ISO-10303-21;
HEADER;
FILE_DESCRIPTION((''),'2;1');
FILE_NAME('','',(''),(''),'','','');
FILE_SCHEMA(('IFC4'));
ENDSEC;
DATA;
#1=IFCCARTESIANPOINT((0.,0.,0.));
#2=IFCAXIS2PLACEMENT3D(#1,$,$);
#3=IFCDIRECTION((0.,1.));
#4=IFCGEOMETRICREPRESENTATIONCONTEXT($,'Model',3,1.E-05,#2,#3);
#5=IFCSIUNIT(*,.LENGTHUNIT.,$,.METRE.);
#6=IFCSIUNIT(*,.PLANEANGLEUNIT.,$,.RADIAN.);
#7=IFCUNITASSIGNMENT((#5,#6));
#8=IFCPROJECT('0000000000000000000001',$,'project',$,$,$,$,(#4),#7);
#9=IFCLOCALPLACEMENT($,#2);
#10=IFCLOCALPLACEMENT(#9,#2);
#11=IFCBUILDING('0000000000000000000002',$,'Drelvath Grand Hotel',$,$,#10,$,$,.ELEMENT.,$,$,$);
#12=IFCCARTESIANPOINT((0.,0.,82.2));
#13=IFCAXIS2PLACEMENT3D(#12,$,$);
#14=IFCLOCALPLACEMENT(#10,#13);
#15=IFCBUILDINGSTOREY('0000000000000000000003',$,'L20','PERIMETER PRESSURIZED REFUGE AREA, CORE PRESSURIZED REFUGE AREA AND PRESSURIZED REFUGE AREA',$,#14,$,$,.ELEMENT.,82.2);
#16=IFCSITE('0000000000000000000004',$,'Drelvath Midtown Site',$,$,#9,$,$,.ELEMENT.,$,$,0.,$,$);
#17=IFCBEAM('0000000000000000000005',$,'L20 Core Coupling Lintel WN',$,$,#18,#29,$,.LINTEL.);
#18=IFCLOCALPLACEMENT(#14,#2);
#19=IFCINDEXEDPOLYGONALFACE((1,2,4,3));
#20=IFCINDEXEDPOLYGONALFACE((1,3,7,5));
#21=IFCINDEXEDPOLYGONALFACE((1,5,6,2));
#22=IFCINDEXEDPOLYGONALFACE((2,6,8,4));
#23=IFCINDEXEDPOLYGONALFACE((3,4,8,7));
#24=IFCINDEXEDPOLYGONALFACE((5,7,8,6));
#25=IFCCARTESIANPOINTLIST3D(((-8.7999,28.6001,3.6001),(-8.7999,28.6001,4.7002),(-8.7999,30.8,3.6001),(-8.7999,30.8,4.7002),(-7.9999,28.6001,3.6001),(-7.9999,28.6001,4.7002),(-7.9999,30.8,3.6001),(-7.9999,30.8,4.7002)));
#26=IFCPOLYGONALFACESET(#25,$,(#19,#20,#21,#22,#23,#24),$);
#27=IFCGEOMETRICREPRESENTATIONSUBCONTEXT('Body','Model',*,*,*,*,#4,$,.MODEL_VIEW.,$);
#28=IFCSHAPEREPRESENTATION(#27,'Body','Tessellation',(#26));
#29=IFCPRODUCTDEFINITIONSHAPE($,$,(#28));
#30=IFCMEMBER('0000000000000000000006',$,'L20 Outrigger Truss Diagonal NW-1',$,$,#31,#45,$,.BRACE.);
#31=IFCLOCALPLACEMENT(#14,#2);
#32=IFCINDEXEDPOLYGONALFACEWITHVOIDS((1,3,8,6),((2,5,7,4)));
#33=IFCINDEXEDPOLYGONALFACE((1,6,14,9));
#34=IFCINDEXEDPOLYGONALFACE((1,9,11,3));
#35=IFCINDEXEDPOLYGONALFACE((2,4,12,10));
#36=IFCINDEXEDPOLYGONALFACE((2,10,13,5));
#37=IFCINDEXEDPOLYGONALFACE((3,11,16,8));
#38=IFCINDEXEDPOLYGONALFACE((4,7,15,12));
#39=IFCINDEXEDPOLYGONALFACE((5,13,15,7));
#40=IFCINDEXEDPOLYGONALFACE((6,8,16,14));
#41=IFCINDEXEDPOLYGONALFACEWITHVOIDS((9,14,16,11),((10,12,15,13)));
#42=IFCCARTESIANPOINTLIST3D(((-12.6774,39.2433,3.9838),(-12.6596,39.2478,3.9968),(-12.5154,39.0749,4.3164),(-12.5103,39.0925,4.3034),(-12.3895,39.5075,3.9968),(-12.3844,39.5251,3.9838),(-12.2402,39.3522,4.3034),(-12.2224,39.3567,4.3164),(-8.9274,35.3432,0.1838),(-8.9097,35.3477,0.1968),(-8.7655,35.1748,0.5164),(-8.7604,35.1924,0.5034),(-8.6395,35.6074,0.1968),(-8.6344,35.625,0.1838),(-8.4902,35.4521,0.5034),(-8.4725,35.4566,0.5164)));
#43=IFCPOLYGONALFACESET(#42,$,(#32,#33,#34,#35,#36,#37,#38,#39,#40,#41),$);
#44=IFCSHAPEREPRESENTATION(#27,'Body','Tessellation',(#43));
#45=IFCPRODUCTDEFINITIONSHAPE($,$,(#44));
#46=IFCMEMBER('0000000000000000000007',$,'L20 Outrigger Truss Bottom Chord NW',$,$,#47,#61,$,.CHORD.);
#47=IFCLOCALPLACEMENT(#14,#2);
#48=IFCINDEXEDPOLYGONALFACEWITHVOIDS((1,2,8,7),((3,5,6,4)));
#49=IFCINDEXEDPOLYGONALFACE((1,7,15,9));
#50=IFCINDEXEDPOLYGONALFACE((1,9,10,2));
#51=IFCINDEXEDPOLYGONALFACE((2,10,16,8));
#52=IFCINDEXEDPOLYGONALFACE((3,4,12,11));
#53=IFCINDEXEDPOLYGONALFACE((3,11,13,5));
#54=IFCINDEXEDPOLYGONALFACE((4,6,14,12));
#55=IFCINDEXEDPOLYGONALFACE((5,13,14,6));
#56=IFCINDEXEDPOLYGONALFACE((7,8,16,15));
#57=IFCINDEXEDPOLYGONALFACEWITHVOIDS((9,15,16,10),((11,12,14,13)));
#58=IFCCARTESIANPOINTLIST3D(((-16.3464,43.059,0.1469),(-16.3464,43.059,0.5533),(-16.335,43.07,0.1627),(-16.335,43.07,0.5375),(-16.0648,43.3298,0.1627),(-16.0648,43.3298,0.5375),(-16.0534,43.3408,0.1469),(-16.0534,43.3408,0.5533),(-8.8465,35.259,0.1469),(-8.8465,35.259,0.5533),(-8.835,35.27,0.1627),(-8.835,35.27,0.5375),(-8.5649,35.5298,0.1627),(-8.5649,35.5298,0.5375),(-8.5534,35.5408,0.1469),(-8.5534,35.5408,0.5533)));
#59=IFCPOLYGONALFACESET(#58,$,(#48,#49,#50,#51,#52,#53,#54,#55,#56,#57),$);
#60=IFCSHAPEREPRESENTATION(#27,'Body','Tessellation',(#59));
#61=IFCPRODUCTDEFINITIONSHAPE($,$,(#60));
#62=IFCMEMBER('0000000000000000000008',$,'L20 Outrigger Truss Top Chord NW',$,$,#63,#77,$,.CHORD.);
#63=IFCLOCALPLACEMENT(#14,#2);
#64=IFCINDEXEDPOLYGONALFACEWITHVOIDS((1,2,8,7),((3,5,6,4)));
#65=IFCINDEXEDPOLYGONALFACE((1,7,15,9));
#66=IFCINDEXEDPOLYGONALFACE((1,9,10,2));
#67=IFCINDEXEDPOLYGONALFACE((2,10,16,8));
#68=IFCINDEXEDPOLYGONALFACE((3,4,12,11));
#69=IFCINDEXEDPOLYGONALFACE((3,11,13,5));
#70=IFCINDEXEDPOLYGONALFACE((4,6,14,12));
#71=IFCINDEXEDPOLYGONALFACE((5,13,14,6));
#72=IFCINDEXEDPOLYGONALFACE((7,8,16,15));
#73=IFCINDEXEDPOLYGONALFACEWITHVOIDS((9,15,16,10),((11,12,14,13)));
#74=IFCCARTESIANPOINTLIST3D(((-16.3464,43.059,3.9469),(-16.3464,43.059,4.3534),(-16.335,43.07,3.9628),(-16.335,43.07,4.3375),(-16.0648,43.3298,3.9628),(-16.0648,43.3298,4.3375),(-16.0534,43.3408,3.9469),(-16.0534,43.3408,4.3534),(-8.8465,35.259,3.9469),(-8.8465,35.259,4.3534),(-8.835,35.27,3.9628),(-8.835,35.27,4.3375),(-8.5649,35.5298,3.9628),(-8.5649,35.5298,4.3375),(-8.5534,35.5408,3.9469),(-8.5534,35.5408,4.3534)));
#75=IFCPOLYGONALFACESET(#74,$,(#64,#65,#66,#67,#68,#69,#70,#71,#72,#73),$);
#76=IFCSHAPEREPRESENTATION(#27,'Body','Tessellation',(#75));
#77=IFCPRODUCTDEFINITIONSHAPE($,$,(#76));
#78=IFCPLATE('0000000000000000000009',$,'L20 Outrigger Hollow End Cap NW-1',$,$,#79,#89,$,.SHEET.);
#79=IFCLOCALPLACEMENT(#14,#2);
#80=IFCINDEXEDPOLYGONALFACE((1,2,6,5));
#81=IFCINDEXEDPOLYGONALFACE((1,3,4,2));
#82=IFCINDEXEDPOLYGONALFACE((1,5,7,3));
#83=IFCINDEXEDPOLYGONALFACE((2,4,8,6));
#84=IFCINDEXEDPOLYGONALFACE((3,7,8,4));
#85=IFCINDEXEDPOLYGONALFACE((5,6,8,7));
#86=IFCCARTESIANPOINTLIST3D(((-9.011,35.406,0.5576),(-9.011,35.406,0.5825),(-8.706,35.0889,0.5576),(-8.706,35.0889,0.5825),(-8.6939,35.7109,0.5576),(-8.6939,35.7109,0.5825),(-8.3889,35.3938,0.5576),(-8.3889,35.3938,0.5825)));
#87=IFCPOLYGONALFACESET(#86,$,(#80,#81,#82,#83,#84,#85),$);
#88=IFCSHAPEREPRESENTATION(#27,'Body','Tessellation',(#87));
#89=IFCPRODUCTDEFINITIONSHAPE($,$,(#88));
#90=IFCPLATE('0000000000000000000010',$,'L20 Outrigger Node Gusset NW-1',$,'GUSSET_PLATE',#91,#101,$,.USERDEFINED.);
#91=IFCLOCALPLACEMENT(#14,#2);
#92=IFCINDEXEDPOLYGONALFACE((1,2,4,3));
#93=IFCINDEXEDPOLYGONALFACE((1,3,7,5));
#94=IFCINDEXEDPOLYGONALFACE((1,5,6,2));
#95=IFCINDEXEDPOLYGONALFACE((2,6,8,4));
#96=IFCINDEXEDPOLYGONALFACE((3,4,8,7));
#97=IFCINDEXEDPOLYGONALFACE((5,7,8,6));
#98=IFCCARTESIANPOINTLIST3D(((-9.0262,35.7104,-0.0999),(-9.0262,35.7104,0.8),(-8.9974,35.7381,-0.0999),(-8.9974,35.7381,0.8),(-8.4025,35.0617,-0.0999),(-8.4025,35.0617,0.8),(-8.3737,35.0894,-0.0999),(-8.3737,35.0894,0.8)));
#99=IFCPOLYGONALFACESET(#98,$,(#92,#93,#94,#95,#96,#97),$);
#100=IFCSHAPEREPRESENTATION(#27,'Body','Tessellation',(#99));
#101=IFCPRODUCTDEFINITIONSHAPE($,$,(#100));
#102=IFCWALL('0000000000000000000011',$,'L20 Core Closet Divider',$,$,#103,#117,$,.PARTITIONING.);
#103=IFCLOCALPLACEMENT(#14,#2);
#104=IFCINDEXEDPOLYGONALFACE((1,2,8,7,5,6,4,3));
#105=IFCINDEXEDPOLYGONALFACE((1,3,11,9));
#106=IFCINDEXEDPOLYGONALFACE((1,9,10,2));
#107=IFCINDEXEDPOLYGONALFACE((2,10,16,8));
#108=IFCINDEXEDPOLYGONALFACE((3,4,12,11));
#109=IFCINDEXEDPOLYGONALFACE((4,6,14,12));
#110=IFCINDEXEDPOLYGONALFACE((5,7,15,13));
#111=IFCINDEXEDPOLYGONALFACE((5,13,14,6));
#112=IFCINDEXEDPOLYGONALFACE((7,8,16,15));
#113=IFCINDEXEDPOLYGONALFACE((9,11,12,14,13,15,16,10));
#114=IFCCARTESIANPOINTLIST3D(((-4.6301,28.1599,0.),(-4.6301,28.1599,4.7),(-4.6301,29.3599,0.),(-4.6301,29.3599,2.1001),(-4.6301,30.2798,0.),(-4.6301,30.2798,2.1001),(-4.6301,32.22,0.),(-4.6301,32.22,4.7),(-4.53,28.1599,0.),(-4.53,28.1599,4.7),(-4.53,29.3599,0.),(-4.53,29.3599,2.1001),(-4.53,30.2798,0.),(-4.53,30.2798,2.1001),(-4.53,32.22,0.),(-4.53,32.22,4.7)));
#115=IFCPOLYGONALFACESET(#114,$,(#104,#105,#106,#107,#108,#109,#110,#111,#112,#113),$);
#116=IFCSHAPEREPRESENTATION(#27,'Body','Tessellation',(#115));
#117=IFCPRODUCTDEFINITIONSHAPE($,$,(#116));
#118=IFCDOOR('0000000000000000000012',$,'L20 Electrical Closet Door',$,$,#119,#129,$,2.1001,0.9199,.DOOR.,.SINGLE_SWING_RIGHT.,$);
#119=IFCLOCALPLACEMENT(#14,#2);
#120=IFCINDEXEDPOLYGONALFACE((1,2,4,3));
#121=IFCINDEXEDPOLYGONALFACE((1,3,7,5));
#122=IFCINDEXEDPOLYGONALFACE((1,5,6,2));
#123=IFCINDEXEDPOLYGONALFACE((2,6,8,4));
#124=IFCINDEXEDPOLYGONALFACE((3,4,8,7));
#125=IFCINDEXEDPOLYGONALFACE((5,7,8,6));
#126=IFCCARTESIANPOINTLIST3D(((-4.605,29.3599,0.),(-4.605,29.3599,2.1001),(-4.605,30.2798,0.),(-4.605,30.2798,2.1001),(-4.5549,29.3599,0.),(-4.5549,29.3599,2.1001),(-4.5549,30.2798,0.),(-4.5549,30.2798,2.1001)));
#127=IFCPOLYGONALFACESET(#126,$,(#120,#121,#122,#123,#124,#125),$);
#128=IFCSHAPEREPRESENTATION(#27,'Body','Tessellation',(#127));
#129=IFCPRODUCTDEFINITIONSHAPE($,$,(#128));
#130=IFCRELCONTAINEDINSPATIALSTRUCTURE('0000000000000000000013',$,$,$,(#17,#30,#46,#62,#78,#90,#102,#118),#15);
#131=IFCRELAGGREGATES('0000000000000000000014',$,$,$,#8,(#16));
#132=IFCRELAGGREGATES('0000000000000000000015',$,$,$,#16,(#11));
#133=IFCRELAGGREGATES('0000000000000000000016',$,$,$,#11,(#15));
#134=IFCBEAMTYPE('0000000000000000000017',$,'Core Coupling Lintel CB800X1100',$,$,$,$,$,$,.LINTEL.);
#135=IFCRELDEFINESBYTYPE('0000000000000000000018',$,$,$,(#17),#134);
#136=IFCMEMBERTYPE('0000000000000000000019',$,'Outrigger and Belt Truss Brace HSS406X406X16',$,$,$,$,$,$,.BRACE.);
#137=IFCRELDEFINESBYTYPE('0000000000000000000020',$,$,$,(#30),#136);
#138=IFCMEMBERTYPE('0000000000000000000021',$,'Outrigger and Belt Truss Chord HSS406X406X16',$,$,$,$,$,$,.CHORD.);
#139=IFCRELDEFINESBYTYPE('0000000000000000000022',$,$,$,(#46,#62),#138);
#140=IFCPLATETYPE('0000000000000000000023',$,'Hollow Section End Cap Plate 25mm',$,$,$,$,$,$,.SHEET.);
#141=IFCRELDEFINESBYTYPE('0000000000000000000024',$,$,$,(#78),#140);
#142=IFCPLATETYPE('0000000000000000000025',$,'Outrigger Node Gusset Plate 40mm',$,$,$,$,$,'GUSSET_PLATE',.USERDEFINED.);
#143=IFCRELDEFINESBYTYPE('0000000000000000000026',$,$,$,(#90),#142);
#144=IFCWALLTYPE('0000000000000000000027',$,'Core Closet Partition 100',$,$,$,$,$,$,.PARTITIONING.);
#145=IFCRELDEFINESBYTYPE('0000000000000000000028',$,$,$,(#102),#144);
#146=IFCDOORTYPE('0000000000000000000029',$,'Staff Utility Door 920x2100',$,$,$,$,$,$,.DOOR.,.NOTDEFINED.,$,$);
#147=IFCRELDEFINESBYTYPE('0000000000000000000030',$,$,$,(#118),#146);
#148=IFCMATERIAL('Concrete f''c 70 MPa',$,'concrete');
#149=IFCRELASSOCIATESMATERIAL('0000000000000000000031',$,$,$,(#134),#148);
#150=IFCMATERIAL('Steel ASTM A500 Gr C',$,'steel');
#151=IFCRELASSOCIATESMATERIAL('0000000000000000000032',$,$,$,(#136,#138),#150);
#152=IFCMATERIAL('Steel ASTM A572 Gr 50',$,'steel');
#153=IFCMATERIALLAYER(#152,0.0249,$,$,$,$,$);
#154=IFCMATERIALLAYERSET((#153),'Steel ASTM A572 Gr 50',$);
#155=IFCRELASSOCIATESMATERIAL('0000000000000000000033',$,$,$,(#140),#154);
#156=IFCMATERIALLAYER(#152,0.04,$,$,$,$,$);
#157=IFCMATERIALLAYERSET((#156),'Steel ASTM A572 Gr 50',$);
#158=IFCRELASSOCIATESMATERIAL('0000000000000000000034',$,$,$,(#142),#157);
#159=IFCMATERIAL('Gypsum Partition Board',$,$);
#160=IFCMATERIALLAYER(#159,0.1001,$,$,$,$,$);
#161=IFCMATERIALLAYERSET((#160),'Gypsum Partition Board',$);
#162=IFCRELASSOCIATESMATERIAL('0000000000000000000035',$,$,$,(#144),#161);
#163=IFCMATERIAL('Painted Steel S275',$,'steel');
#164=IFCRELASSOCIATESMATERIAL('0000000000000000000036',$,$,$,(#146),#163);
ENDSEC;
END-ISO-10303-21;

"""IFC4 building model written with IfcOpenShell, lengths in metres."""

from ifc_helpers import new_model, si_unit, direction, frame, frame_2d, origin, origin_2d, place, context, subcontext, project, spatial, rectangle, hollow_rectangle, extrude, material, layer, layer_set, material_profile, profile_set, type_object, element, fill, save


model = new_model("IFC4")

# Units and contexts
model_context = context("Model", 3, precision=1e-05, world=origin(), true_north=direction((0.0, 1.0)))
body_context = subcontext(model_context, "Body", "Model", "MODEL_VIEW")
ifc_project = project(units=[si_unit("LENGTHUNIT", "METRE"), si_unit("PLANEANGLEUNIT", "RADIAN")], contexts=[model_context])

# Site, building, storey
site_placement = place(None, origin())
site = spatial("IfcSite", under=ifc_project, at=site_placement, Name="Drelvath Midtown Site", CompositionType="ELEMENT", RefElevation=0.0)
building_placement = place(site_placement, origin())
building = spatial("IfcBuilding", under=site, at=building_placement, Name="Drelvath Grand Hotel", CompositionType="ELEMENT")
storey_placement = place(building_placement, frame((0.0, 0.0, 82.2)))
storey = spatial("IfcBuildingStorey", under=building, at=storey_placement, Name="L20", Description="PERIMETER PRESSURIZED REFUGE AREA, CORE PRESSURIZED REFUGE AREA AND PRESSURIZED REFUGE AREA", CompositionType="ELEMENT", Elevation=82.2)

# Beam
ifc_material_1 = material(Name="Concrete f'c 70 MPa", Category="concrete")
ifc_material_profile_1 = material_profile(ifc_material_1, rectangle(XDim=0.8, YDim=1.1001, at=origin_2d()), Name="CB800X1100")
ifc_profile_set_1 = profile_set([ifc_material_profile_1], Name="Concrete f'c 70 MPa")
beam_type = type_object("IfcBeamType", Name="Core Coupling Lintel CB800X1100", PredefinedType="LINTEL", material=ifc_profile_set_1)
beam_placement = place(storey_placement, frame((-8.3999, 28.6001, 4.1501), z_axis=(0.0, 1.0, 0.0), x_axis=(-1.0, 0.0, 0.0)))
element("IfcBeam", 1, at=beam_placement, inside=storey, type_object=beam_type, Name="L20 Core Coupling Lintel WN", PredefinedType="LINTEL", context=body_context, shape_type="SweptSolid", body=[
    extrude(rectangle(XDim=0.8, YDim=1.1001, at=origin_2d()), origin(), (0.0, 0.0, 1.0), 2.2),
])

# Members
ifc_material_2 = material(Name="Steel ASTM A500 Gr C", Category="steel")
ifc_material_profile_2 = material_profile(ifc_material_2, hollow_rectangle(XDim=0.4065, YDim=0.4065, WallThickness=0.0159, at=origin_2d()), Name="HSS406X406X16")
ifc_profile_set_2 = profile_set([ifc_material_profile_2], Name="Steel ASTM A500 Gr C")
member_type_1 = type_object("IfcMemberType", Name="Outrigger and Belt Truss Brace HSS406X406X16", PredefinedType="BRACE", material=ifc_profile_set_2)
member_placement = place(storey_placement, frame((-8.7, 35.3999, 0.3501), z_axis=(-0.56718, 0.589889, 0.57475), x_axis=(-0.720846, -0.693095, 0.0)))
element("IfcMember", 2, at=member_placement, inside=storey, type_object=member_type_1, Name="L20 Outrigger Truss Diagonal NW-1", PredefinedType="BRACE", context=body_context, shape_type="SweptSolid", body=[
    extrude(hollow_rectangle(XDim=0.4065, YDim=0.4065, WallThickness=0.0159, at=origin_2d()), origin(), (0.0, 0.0, 1.0), 6.6116),
])
ifc_material_profile_3 = material_profile(ifc_material_2, hollow_rectangle(XDim=0.4065, YDim=0.4065, WallThickness=0.0159, at=origin_2d()), Name="HSS406X406X16")
ifc_profile_set_3 = profile_set([ifc_material_profile_3], Name="Steel ASTM A500 Gr C")
member_type_2 = type_object("IfcMemberType", Name="Outrigger and Belt Truss Chord HSS406X406X16", PredefinedType="CHORD", material=ifc_profile_set_3)
for number, where, z_axis, x_axis, name in (
    (3, (-8.7, 35.3999, 0.3501), (-0.693106, 0.720835, 0.0), (-0.720835, -0.693106, 0.0), "L20 Outrigger Truss Bottom Chord NW"),
    (4, (-8.7, 35.3999, 4.1501), (-0.693106, 0.720835, 0.0), (-0.720835, -0.693106, 0.0), "L20 Outrigger Truss Top Chord NW"),
):
    element("IfcMember", number, at=place(storey_placement, frame(where, z_axis=z_axis, x_axis=x_axis)), inside=storey, type_object=member_type_2, Name=name, PredefinedType="CHORD", context=body_context, shape_type="SweptSolid", body=[
        extrude(hollow_rectangle(XDim=0.4065, YDim=0.4065, WallThickness=0.0159, at=origin_2d()), origin(), (0.0, 0.0, 1.0), 10.8208),
    ])

# Plates
ifc_material_3 = material(Name="Steel ASTM A572 Gr 50", Category="steel")
ifc_layer_1 = layer(ifc_material_3, 0.0249)
ifc_layer_set_1 = layer_set([ifc_layer_1], Name="Steel ASTM A572 Gr 50")
plate_type_1 = type_object("IfcPlateType", Name="Hollow Section End Cap Plate 25mm", PredefinedType="SHEET", material=ifc_layer_set_1)
plate_1_placement = place(storey_placement, frame((-8.7, 35.3999, 0.5576), z_axis=(0.0, 0.0, 1.0), x_axis=(-0.693109, 0.720833, 0.0)))
element("IfcPlate", 5, at=plate_1_placement, inside=storey, type_object=plate_type_1, Name="L20 Outrigger Hollow End Cap NW-1", PredefinedType="SHEET", context=body_context, shape_type="SweptSolid", body=[
    extrude(rectangle(XDim=0.4399, YDim=0.4399, at=origin_2d()), origin(), (0.0, 0.0, 1.0), 0.0249),
])
ifc_layer_2 = layer(ifc_material_3, 0.04)
ifc_layer_set_2 = layer_set([ifc_layer_2], Name="Steel ASTM A572 Gr 50")
plate_type_2 = type_object("IfcPlateType", Name="Outrigger Node Gusset Plate 40mm", ElementType="GUSSET_PLATE", PredefinedType="USERDEFINED", material=ifc_layer_set_2)
plate_2_placement = place(storey_placement, frame((-8.7, 35.3999, -0.0999), z_axis=(0.0, 0.0, 1.0), x_axis=(-0.693109, 0.720833, 0.0)))
element("IfcPlate", 6, at=plate_2_placement, inside=storey, type_object=plate_type_2, Name="L20 Outrigger Node Gusset NW-1", ObjectType="GUSSET_PLATE", PredefinedType="USERDEFINED", context=body_context, shape_type="SweptSolid", body=[
    extrude(rectangle(XDim=0.8999, YDim=0.04, at=origin_2d()), origin(), (0.0, 0.0, 1.0), 0.8999),
])

# Wall, opening, door
ifc_material_4 = material(Name="Gypsum Partition Board")
ifc_layer_3 = layer(ifc_material_4, 0.1001)
ifc_layer_set_3 = layer_set([ifc_layer_3], Name="Gypsum Partition Board")
wall_type_1 = type_object("IfcWallType", Name="Core Closet Partition 100", PredefinedType="PARTITIONING", material=ifc_layer_set_3)
wall_1_placement = place(storey_placement, frame((-4.5801, 28.1599, 0.0), z_axis=(0.0, 0.0, 1.0), x_axis=(0.0, 1.0, 0.0)))
wall_1 = element("IfcWall", 7, at=wall_1_placement, inside=storey, type_object=wall_type_1, Name="L20 Core Closet Divider", PredefinedType="PARTITIONING", context=body_context, shape_type="SweptSolid", body=[
    extrude(rectangle(XDim=4.0601, YDim=0.1001, at=frame_2d((2.03, 0.0))), origin(), (0.0, 0.0, 1.0), 4.7),
])
opening_1_placement = place(wall_1_placement, frame((1.2, 0.0, 0.0)))
opening_1 = element("IfcOpeningElement", 8, at=opening_1_placement, cuts=wall_1, PredefinedType="OPENING", context=body_context, shape_type="SweptSolid", body=[
    extrude(rectangle(XDim=0.9199, YDim=2.1001, at=frame_2d((0.46, 1.05))), frame((0.0, 0.0601, 0.0), z_axis=(0.0, -1.0, 0.0), x_axis=(1.0, 0.0, 0.0)), (0.0, 0.0, 1.0), 0.1201),
])
ifc_material_5 = material(Name="Painted Steel S275", Category="steel")
door_type_1 = type_object("IfcDoorType", Name="Staff Utility Door 920x2100", OperationType="NOTDEFINED", PredefinedType="DOOR", material=ifc_material_5)
door_1_placement = place(opening_1_placement, origin())
door_1 = element("IfcDoor", 9, at=door_1_placement, inside=storey, type_object=door_type_1, Name="L20 Electrical Closet Door", OperationType="SINGLE_SWING_RIGHT", OverallHeight=2.1001, OverallWidth=0.9199, PredefinedType="DOOR", context=body_context, shape_type="SweptSolid", body=[
    extrude(rectangle(XDim=0.9199, YDim=2.1001, at=frame_2d((0.46, 1.05))), frame((0.0, 0.0249, 0.0), z_axis=(0.0, -1.0, 0.0), x_axis=(1.0, 0.0, 0.0)), (0.0, 0.0, 1.0), 0.05),
])
fill(opening_1, door_1)

save(model, "model.ifc")
